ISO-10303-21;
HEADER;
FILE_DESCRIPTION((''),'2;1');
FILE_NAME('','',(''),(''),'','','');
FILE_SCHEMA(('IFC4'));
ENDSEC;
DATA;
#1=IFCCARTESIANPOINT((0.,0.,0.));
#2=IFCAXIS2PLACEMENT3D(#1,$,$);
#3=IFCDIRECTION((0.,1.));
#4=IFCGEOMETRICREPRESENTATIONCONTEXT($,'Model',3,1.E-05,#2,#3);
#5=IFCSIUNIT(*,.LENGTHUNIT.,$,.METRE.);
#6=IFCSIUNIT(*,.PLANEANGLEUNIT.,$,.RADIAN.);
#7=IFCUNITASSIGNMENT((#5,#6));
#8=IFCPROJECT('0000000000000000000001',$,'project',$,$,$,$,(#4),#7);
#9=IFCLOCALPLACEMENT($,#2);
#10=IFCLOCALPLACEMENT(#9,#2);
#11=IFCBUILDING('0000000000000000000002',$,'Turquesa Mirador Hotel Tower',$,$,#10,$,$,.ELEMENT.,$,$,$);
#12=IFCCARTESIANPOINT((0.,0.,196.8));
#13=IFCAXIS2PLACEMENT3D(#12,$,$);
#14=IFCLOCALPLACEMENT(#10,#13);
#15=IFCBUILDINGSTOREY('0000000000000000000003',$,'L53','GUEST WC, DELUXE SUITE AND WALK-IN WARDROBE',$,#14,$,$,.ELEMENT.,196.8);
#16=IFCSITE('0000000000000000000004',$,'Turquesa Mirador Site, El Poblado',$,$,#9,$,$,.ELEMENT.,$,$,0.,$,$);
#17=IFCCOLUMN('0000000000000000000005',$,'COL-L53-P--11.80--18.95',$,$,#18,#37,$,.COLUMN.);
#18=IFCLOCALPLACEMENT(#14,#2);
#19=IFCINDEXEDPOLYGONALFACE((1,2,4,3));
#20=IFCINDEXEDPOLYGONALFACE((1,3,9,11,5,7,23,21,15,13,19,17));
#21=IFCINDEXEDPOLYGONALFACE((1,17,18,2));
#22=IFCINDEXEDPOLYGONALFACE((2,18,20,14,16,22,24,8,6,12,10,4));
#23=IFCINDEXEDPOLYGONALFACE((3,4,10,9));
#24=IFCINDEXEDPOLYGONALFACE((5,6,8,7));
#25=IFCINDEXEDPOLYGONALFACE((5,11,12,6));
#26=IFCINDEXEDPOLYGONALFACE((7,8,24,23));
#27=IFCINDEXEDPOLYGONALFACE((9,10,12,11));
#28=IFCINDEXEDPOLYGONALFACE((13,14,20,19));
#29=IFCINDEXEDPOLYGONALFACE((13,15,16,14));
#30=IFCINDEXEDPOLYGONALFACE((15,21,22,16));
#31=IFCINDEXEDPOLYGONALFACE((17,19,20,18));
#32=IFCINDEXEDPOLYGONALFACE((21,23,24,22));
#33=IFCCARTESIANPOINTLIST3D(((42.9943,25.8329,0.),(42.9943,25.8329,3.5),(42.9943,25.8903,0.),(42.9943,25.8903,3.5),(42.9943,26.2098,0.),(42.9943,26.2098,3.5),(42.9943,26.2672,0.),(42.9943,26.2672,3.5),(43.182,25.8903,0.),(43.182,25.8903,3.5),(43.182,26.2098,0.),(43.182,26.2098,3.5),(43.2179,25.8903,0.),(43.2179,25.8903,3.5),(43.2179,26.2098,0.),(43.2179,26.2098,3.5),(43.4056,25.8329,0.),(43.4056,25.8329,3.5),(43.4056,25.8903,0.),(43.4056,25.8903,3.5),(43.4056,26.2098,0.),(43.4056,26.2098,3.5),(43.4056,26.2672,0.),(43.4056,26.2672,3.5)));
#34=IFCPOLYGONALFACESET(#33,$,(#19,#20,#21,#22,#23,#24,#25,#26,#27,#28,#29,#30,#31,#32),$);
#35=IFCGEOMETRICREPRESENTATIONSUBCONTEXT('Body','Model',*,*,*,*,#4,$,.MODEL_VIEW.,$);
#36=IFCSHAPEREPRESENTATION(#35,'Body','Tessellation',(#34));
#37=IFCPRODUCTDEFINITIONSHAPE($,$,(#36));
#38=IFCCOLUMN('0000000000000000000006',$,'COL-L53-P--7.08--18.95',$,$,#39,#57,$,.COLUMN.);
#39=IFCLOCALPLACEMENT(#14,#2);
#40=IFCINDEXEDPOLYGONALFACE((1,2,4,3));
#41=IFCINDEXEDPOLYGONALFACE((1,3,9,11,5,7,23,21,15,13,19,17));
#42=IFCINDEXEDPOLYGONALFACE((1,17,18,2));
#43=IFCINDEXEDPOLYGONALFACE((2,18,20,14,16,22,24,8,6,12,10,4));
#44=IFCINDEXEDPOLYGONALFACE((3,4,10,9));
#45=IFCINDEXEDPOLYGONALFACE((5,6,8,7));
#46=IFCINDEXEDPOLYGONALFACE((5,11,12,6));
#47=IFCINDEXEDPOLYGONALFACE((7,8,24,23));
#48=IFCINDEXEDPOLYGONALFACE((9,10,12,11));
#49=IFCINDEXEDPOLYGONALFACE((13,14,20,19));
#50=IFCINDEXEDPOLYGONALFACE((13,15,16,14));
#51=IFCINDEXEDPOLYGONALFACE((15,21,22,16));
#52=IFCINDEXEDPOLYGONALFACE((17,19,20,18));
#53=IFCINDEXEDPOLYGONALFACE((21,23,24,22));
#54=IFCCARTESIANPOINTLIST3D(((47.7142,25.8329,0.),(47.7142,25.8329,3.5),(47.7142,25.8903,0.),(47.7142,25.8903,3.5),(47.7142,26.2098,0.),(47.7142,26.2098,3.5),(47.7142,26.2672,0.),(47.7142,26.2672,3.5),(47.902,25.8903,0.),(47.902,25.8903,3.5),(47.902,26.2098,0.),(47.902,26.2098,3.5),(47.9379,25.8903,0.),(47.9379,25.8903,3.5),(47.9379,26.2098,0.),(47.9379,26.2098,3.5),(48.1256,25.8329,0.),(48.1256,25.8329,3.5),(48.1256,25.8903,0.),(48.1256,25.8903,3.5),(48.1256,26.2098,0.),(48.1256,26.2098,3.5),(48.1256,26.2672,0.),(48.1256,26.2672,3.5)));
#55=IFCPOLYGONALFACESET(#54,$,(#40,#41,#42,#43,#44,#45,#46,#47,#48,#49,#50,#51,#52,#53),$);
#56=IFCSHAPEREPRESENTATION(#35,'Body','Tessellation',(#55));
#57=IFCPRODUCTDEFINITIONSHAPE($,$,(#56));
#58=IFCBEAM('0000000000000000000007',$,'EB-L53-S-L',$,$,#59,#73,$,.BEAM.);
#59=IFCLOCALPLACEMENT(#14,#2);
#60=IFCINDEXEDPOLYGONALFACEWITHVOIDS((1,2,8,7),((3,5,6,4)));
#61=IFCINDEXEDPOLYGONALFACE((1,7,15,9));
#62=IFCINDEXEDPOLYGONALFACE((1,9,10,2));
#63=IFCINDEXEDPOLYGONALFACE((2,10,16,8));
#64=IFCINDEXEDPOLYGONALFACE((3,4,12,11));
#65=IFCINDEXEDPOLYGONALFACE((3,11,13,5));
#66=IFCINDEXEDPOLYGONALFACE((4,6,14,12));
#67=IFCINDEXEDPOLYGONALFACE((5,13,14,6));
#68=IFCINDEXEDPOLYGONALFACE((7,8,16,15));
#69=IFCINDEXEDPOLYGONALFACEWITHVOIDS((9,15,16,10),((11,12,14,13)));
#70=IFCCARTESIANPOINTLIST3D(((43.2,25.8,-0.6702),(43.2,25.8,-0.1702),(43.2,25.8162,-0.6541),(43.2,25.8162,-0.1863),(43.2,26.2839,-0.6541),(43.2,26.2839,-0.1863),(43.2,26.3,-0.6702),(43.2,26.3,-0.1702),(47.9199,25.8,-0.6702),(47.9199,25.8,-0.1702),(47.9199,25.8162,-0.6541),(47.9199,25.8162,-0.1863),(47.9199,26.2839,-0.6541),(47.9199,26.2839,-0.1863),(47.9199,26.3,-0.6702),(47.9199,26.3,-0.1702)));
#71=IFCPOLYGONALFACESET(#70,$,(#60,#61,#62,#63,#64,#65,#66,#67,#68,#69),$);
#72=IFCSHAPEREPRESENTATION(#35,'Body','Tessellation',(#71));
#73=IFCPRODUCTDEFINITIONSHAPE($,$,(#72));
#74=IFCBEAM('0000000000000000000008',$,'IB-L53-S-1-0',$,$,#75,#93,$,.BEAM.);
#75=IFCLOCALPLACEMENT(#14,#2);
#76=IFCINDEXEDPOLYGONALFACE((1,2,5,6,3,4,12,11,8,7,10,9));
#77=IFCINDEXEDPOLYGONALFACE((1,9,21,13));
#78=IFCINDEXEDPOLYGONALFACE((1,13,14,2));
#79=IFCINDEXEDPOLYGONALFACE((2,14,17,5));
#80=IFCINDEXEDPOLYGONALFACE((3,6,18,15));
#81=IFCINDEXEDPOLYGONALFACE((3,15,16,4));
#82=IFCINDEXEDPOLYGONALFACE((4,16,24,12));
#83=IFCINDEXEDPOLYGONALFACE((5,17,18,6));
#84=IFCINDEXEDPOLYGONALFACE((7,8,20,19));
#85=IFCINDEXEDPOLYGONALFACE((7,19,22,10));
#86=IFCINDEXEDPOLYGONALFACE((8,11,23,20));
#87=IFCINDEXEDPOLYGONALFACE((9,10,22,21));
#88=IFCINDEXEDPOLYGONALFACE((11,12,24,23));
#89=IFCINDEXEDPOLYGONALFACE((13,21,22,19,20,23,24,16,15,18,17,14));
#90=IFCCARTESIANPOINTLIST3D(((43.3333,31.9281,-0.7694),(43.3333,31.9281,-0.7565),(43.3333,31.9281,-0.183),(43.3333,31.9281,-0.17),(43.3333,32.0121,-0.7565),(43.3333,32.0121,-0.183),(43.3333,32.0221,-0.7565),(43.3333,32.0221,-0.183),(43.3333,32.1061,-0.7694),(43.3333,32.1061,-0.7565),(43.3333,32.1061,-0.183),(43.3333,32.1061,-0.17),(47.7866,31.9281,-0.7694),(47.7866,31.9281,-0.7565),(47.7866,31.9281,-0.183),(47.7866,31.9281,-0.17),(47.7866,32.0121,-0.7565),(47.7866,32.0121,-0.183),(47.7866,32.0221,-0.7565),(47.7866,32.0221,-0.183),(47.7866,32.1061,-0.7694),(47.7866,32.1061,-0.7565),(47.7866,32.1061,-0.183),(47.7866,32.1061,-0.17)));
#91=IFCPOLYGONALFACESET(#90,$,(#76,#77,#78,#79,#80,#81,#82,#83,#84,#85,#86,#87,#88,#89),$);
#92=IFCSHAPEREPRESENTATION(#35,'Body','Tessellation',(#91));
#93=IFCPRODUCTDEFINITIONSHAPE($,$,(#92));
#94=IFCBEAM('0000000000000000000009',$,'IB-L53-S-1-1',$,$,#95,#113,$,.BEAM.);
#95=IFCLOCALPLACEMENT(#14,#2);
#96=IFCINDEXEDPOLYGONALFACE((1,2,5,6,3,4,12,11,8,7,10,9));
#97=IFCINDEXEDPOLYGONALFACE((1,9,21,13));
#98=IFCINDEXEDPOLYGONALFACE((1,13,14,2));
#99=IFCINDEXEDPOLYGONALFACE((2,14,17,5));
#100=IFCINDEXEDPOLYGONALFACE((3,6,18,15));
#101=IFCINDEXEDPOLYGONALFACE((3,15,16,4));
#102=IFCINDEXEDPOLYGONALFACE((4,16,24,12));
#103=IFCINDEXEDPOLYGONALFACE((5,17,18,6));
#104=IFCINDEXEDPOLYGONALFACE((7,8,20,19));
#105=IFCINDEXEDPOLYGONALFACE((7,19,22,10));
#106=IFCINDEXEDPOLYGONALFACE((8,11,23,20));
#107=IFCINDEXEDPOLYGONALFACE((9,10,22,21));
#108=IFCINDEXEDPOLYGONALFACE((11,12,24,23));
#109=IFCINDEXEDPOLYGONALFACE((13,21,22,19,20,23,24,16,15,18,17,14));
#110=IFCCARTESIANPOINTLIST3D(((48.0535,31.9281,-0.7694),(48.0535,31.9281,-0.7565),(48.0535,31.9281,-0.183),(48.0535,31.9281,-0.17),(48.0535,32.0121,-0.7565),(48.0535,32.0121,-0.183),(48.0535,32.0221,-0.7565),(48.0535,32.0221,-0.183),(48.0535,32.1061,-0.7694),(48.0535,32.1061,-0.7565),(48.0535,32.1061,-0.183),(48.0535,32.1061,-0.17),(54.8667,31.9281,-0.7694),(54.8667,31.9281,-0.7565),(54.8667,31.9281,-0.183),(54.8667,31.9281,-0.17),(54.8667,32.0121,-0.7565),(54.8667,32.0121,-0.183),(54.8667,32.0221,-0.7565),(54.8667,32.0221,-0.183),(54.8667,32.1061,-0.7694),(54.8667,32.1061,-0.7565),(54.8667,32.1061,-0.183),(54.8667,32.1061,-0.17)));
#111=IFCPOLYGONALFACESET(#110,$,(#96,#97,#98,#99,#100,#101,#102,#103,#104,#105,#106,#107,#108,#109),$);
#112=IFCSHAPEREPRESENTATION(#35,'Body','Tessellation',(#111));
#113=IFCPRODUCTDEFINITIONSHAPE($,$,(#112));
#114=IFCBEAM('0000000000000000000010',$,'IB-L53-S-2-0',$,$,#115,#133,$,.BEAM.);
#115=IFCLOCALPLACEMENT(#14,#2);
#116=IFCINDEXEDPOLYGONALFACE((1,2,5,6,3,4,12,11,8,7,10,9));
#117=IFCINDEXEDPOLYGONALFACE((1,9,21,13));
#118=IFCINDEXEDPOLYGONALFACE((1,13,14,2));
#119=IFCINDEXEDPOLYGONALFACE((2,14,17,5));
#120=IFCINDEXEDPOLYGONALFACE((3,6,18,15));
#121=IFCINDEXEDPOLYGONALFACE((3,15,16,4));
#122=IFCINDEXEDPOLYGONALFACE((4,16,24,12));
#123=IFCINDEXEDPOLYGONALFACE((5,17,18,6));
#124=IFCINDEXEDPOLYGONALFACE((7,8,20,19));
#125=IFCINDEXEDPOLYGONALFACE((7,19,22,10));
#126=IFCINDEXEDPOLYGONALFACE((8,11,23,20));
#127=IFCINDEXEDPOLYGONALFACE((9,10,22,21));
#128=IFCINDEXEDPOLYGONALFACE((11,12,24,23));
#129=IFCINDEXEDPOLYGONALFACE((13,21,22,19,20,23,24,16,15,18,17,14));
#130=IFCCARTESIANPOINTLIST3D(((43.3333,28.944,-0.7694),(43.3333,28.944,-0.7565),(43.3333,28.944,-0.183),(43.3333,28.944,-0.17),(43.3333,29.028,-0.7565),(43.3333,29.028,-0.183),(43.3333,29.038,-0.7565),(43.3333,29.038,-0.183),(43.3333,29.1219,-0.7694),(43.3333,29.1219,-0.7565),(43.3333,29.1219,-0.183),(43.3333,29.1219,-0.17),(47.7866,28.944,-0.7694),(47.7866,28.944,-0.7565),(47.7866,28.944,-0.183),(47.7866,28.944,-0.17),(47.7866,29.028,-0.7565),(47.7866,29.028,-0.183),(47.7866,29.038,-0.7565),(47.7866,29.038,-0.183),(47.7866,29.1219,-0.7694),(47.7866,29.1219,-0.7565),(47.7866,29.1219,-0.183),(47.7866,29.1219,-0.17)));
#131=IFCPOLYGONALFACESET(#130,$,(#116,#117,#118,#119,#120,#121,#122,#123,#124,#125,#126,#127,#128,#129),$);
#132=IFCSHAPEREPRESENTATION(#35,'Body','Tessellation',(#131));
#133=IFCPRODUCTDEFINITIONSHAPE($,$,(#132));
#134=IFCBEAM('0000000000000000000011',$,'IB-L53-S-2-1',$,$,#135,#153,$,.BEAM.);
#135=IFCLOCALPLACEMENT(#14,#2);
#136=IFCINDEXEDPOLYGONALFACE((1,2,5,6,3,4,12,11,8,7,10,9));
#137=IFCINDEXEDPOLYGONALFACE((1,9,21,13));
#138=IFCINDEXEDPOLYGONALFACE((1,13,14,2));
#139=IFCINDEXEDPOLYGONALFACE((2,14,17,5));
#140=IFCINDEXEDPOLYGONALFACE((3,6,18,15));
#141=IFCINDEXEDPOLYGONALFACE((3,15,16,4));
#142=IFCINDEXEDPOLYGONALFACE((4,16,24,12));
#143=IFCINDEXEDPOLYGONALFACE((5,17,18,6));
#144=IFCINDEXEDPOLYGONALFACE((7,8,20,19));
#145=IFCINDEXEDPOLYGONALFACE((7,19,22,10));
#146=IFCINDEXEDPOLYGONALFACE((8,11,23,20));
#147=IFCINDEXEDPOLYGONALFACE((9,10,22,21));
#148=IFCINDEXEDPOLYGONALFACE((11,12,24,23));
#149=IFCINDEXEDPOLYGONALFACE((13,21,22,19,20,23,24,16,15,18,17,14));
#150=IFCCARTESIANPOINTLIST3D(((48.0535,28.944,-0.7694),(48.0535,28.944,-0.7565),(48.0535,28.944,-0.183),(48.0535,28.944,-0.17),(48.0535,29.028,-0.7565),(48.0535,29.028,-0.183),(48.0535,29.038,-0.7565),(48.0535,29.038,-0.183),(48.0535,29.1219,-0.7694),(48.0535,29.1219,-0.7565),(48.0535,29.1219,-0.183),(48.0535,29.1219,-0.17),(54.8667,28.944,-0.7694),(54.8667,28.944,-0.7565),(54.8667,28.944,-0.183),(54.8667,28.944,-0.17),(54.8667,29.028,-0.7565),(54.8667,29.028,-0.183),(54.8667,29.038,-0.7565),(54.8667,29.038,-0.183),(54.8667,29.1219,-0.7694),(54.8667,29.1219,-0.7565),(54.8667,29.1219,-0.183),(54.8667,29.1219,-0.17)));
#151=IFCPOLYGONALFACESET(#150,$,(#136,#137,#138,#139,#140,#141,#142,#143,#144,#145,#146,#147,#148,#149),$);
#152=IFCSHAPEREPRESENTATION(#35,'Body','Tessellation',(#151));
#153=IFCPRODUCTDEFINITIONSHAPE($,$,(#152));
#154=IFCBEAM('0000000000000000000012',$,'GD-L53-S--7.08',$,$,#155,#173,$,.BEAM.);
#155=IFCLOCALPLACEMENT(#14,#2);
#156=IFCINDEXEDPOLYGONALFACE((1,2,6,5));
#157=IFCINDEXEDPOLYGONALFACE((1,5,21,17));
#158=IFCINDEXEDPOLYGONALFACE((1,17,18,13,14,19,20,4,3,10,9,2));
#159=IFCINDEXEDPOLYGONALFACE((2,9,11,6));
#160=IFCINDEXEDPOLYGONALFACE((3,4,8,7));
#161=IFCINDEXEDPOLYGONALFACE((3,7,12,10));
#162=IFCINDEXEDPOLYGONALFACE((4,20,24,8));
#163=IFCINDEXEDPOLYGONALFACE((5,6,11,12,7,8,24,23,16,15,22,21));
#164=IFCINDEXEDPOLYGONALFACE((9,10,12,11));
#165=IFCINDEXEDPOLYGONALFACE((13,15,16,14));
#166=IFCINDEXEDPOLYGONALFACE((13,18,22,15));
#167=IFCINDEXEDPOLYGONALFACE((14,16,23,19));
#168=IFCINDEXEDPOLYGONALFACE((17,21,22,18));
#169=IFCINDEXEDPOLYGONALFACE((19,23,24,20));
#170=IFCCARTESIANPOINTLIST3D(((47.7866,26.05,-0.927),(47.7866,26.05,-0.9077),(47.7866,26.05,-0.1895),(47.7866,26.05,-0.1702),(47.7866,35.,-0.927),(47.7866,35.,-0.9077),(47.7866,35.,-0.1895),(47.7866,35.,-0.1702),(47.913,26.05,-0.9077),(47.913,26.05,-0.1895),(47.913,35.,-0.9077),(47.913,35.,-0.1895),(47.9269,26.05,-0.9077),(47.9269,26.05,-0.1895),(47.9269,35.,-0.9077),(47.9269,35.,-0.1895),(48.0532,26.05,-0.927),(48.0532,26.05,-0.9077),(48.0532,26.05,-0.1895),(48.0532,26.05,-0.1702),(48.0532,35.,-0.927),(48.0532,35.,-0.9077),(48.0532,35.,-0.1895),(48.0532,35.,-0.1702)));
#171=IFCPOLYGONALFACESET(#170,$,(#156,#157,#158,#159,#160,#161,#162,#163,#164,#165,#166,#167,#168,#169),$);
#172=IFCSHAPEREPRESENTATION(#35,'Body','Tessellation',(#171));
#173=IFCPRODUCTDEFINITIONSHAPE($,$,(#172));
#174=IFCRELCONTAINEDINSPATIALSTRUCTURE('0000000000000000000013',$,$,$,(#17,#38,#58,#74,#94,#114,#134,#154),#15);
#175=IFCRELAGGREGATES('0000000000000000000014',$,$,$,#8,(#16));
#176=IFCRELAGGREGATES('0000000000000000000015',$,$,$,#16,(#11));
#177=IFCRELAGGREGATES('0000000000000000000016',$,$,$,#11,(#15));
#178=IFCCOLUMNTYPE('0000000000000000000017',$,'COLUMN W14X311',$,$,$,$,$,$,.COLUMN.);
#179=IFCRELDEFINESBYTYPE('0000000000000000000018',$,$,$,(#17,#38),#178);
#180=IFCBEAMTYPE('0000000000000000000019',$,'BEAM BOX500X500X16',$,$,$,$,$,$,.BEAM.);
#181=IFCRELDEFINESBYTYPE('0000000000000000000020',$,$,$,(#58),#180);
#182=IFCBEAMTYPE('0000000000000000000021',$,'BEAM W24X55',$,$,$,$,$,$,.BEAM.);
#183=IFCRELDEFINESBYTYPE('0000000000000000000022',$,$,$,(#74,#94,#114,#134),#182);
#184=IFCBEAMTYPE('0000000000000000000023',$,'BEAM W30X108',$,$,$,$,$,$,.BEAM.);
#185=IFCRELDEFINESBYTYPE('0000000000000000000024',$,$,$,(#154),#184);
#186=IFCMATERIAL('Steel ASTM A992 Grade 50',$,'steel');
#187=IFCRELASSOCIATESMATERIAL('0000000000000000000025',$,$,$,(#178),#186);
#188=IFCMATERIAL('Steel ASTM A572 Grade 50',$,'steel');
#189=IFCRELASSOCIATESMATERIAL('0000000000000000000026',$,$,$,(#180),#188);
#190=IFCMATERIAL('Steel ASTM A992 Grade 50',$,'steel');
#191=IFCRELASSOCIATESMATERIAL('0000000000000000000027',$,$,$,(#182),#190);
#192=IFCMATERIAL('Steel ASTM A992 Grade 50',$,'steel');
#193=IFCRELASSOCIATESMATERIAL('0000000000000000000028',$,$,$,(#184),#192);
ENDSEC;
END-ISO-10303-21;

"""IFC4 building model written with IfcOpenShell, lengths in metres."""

from ifc_helpers import new_model, si_unit, direction, frame, origin, origin_2d, place, context, subcontext, project, spatial, hollow_rectangle, i_section, extrude, material, material_profile, profile_set, type_object, element, save


model = new_model("IFC4")

# Units and contexts
model_context = context("Model", 3, precision=1e-05, world=origin(), true_north=direction((0.0, 1.0)))
body_context = subcontext(model_context, "Body", "Model", "MODEL_VIEW")
ifc_project = project(units=[si_unit("LENGTHUNIT", "METRE"), si_unit("PLANEANGLEUNIT", "RADIAN")], contexts=[model_context])

# Site, building, storey
site_placement = place(None, origin())
site = spatial("IfcSite", under=ifc_project, at=site_placement, Name="Turquesa Mirador Site, El Poblado", CompositionType="ELEMENT", RefElevation=0.0)
building_placement = place(site_placement, origin())
building = spatial("IfcBuilding", under=site, at=building_placement, Name="Turquesa Mirador Hotel Tower", CompositionType="ELEMENT")
storey_placement = place(building_placement, frame((0.0, 0.0, 196.8)))
storey = spatial("IfcBuildingStorey", under=building, at=storey_placement, Name="L53", Description="GUEST WC, DELUXE SUITE AND WALK-IN WARDROBE", CompositionType="ELEMENT", Elevation=196.8)

# Columns
ifc_material_1 = material(Name="Steel ASTM A992 Grade 50", Category="steel")
ifc_material_profile_1 = material_profile(ifc_material_1, i_section(OverallWidth=0.4114, OverallDepth=0.4343, WebThickness=0.0359, FlangeThickness=0.0574, at=origin_2d()), Name="W14X311")
ifc_profile_set_1 = profile_set([ifc_material_profile_1], Name="Steel ASTM A992 Grade 50")
column_type = type_object("IfcColumnType", Name="COLUMN W14X311", PredefinedType="COLUMN", material=ifc_profile_set_1)
for number, where, z_axis, x_axis, name in (
    (1, (43.2, 26.05, 0.0), (0.0, 0.0, 1.0), (1.0, 0.0, 0.0), "COL-L53-P--11.80--18.95"),
    (2, (47.9199, 26.05, 0.0), (0.0, 0.0, 1.0), (1.0, 0.0, 0.0), "COL-L53-P--7.08--18.95"),
):
    element("IfcColumn", number, at=place(storey_placement, frame(where, z_axis=z_axis, x_axis=x_axis)), inside=storey, type_object=column_type, Name=name, PredefinedType="COLUMN", context=body_context, shape_type="SweptSolid", body=[
        extrude(i_section(OverallWidth=0.4114, OverallDepth=0.4343, WebThickness=0.0359, FlangeThickness=0.0574, at=origin_2d()), origin(), (0.0, 0.0, 1.0), 3.5),
    ])

# Beams
ifc_material_2 = material(Name="Steel ASTM A572 Grade 50", Category="steel")
ifc_material_profile_2 = material_profile(ifc_material_2, hollow_rectangle(XDim=0.5, YDim=0.5, WallThickness=0.0161, at=origin_2d()), Name="BOX500X500X16")
ifc_profile_set_2 = profile_set([ifc_material_profile_2], Name="Steel ASTM A572 Grade 50")
beam_type_1 = type_object("IfcBeamType", Name="BEAM BOX500X500X16", PredefinedType="BEAM", material=ifc_profile_set_2)
beam_1_placement = place(storey_placement, frame((43.2, 26.05, -0.4202), z_axis=(1.0, 0.0, 0.0), x_axis=(0.0, 1.0, 0.0)))
element("IfcBeam", 3, at=beam_1_placement, inside=storey, type_object=beam_type_1, Name="EB-L53-S-L", PredefinedType="BEAM", context=body_context, shape_type="SweptSolid", body=[
    extrude(hollow_rectangle(XDim=0.5, YDim=0.5, WallThickness=0.0161, at=origin_2d()), origin(), (0.0, 0.0, 1.0), 4.72),
])
ifc_material_3 = material(Name="Steel ASTM A992 Grade 50", Category="steel")
ifc_material_profile_3 = material_profile(ifc_material_3, i_section(OverallWidth=0.178, OverallDepth=0.5994, WebThickness=0.01, FlangeThickness=0.0129, at=origin_2d()), Name="W24X55")
ifc_profile_set_3 = profile_set([ifc_material_profile_3], Name="Steel ASTM A992 Grade 50")
beam_type_2 = type_object("IfcBeamType", Name="BEAM W24X55", PredefinedType="BEAM", material=ifc_profile_set_3)
beam_2_placement = place(storey_placement, frame((43.3333, 32.0171, -0.4697), z_axis=(1.0, 0.0, 0.0), x_axis=(0.0, 1.0, 0.0)))
element("IfcBeam", 4, at=beam_2_placement, inside=storey, type_object=beam_type_2, Name="IB-L53-S-1-0", PredefinedType="BEAM", context=body_context, shape_type="SweptSolid", body=[
    extrude(i_section(OverallWidth=0.178, OverallDepth=0.5994, WebThickness=0.01, FlangeThickness=0.0129, at=origin_2d()), origin(), (0.0, 0.0, 1.0), 4.4534),
])
beam_3_placement = place(storey_placement, frame((48.0535, 32.0171, -0.4697), z_axis=(1.0, 0.0, 0.0), x_axis=(0.0, 1.0, 0.0)))
element("IfcBeam", 5, at=beam_3_placement, inside=storey, type_object=beam_type_2, Name="IB-L53-S-1-1", PredefinedType="BEAM", context=body_context, shape_type="SweptSolid", body=[
    extrude(i_section(OverallWidth=0.178, OverallDepth=0.5994, WebThickness=0.01, FlangeThickness=0.0129, at=origin_2d()), origin(), (0.0, 0.0, 1.0), 6.8132),
])
beam_4_placement = place(storey_placement, frame((43.3333, 29.033, -0.4697), z_axis=(1.0, 0.0, 0.0), x_axis=(0.0, 1.0, 0.0)))
element("IfcBeam", 6, at=beam_4_placement, inside=storey, type_object=beam_type_2, Name="IB-L53-S-2-0", PredefinedType="BEAM", context=body_context, shape_type="SweptSolid", body=[
    extrude(i_section(OverallWidth=0.178, OverallDepth=0.5994, WebThickness=0.01, FlangeThickness=0.0129, at=origin_2d()), origin(), (0.0, 0.0, 1.0), 4.4534),
])
beam_5_placement = place(storey_placement, frame((48.0535, 29.033, -0.4697), z_axis=(1.0, 0.0, 0.0), x_axis=(0.0, 1.0, 0.0)))
element("IfcBeam", 7, at=beam_5_placement, inside=storey, type_object=beam_type_2, Name="IB-L53-S-2-1", PredefinedType="BEAM", context=body_context, shape_type="SweptSolid", body=[
    extrude(i_section(OverallWidth=0.178, OverallDepth=0.5994, WebThickness=0.01, FlangeThickness=0.0129, at=origin_2d()), origin(), (0.0, 0.0, 1.0), 6.8132),
])
ifc_material_4 = material(Name="Steel ASTM A992 Grade 50", Category="steel")
ifc_material_profile_4 = material_profile(ifc_material_4, i_section(OverallWidth=0.2666, OverallDepth=0.7568, WebThickness=0.0139, FlangeThickness=0.0193, at=origin_2d()), Name="W30X108")
ifc_profile_set_4 = profile_set([ifc_material_profile_4], Name="Steel ASTM A992 Grade 50")
beam_type_3 = type_object("IfcBeamType", Name="BEAM W30X108", PredefinedType="BEAM", material=ifc_profile_set_4)
beam_6_placement = place(storey_placement, frame((47.9199, 26.05, -0.5486), z_axis=(0.0, 1.0, 0.0), x_axis=(-1.0, 0.0, 0.0)))
element("IfcBeam", 8, at=beam_6_placement, inside=storey, type_object=beam_type_3, Name="GD-L53-S--7.08", PredefinedType="BEAM", context=body_context, shape_type="SweptSolid", body=[
    extrude(i_section(OverallWidth=0.2666, OverallDepth=0.7568, WebThickness=0.0139, FlangeThickness=0.0193, at=origin_2d()), origin(), (0.0, 0.0, 1.0), 8.95),
])

save(model, "model.ifc")
